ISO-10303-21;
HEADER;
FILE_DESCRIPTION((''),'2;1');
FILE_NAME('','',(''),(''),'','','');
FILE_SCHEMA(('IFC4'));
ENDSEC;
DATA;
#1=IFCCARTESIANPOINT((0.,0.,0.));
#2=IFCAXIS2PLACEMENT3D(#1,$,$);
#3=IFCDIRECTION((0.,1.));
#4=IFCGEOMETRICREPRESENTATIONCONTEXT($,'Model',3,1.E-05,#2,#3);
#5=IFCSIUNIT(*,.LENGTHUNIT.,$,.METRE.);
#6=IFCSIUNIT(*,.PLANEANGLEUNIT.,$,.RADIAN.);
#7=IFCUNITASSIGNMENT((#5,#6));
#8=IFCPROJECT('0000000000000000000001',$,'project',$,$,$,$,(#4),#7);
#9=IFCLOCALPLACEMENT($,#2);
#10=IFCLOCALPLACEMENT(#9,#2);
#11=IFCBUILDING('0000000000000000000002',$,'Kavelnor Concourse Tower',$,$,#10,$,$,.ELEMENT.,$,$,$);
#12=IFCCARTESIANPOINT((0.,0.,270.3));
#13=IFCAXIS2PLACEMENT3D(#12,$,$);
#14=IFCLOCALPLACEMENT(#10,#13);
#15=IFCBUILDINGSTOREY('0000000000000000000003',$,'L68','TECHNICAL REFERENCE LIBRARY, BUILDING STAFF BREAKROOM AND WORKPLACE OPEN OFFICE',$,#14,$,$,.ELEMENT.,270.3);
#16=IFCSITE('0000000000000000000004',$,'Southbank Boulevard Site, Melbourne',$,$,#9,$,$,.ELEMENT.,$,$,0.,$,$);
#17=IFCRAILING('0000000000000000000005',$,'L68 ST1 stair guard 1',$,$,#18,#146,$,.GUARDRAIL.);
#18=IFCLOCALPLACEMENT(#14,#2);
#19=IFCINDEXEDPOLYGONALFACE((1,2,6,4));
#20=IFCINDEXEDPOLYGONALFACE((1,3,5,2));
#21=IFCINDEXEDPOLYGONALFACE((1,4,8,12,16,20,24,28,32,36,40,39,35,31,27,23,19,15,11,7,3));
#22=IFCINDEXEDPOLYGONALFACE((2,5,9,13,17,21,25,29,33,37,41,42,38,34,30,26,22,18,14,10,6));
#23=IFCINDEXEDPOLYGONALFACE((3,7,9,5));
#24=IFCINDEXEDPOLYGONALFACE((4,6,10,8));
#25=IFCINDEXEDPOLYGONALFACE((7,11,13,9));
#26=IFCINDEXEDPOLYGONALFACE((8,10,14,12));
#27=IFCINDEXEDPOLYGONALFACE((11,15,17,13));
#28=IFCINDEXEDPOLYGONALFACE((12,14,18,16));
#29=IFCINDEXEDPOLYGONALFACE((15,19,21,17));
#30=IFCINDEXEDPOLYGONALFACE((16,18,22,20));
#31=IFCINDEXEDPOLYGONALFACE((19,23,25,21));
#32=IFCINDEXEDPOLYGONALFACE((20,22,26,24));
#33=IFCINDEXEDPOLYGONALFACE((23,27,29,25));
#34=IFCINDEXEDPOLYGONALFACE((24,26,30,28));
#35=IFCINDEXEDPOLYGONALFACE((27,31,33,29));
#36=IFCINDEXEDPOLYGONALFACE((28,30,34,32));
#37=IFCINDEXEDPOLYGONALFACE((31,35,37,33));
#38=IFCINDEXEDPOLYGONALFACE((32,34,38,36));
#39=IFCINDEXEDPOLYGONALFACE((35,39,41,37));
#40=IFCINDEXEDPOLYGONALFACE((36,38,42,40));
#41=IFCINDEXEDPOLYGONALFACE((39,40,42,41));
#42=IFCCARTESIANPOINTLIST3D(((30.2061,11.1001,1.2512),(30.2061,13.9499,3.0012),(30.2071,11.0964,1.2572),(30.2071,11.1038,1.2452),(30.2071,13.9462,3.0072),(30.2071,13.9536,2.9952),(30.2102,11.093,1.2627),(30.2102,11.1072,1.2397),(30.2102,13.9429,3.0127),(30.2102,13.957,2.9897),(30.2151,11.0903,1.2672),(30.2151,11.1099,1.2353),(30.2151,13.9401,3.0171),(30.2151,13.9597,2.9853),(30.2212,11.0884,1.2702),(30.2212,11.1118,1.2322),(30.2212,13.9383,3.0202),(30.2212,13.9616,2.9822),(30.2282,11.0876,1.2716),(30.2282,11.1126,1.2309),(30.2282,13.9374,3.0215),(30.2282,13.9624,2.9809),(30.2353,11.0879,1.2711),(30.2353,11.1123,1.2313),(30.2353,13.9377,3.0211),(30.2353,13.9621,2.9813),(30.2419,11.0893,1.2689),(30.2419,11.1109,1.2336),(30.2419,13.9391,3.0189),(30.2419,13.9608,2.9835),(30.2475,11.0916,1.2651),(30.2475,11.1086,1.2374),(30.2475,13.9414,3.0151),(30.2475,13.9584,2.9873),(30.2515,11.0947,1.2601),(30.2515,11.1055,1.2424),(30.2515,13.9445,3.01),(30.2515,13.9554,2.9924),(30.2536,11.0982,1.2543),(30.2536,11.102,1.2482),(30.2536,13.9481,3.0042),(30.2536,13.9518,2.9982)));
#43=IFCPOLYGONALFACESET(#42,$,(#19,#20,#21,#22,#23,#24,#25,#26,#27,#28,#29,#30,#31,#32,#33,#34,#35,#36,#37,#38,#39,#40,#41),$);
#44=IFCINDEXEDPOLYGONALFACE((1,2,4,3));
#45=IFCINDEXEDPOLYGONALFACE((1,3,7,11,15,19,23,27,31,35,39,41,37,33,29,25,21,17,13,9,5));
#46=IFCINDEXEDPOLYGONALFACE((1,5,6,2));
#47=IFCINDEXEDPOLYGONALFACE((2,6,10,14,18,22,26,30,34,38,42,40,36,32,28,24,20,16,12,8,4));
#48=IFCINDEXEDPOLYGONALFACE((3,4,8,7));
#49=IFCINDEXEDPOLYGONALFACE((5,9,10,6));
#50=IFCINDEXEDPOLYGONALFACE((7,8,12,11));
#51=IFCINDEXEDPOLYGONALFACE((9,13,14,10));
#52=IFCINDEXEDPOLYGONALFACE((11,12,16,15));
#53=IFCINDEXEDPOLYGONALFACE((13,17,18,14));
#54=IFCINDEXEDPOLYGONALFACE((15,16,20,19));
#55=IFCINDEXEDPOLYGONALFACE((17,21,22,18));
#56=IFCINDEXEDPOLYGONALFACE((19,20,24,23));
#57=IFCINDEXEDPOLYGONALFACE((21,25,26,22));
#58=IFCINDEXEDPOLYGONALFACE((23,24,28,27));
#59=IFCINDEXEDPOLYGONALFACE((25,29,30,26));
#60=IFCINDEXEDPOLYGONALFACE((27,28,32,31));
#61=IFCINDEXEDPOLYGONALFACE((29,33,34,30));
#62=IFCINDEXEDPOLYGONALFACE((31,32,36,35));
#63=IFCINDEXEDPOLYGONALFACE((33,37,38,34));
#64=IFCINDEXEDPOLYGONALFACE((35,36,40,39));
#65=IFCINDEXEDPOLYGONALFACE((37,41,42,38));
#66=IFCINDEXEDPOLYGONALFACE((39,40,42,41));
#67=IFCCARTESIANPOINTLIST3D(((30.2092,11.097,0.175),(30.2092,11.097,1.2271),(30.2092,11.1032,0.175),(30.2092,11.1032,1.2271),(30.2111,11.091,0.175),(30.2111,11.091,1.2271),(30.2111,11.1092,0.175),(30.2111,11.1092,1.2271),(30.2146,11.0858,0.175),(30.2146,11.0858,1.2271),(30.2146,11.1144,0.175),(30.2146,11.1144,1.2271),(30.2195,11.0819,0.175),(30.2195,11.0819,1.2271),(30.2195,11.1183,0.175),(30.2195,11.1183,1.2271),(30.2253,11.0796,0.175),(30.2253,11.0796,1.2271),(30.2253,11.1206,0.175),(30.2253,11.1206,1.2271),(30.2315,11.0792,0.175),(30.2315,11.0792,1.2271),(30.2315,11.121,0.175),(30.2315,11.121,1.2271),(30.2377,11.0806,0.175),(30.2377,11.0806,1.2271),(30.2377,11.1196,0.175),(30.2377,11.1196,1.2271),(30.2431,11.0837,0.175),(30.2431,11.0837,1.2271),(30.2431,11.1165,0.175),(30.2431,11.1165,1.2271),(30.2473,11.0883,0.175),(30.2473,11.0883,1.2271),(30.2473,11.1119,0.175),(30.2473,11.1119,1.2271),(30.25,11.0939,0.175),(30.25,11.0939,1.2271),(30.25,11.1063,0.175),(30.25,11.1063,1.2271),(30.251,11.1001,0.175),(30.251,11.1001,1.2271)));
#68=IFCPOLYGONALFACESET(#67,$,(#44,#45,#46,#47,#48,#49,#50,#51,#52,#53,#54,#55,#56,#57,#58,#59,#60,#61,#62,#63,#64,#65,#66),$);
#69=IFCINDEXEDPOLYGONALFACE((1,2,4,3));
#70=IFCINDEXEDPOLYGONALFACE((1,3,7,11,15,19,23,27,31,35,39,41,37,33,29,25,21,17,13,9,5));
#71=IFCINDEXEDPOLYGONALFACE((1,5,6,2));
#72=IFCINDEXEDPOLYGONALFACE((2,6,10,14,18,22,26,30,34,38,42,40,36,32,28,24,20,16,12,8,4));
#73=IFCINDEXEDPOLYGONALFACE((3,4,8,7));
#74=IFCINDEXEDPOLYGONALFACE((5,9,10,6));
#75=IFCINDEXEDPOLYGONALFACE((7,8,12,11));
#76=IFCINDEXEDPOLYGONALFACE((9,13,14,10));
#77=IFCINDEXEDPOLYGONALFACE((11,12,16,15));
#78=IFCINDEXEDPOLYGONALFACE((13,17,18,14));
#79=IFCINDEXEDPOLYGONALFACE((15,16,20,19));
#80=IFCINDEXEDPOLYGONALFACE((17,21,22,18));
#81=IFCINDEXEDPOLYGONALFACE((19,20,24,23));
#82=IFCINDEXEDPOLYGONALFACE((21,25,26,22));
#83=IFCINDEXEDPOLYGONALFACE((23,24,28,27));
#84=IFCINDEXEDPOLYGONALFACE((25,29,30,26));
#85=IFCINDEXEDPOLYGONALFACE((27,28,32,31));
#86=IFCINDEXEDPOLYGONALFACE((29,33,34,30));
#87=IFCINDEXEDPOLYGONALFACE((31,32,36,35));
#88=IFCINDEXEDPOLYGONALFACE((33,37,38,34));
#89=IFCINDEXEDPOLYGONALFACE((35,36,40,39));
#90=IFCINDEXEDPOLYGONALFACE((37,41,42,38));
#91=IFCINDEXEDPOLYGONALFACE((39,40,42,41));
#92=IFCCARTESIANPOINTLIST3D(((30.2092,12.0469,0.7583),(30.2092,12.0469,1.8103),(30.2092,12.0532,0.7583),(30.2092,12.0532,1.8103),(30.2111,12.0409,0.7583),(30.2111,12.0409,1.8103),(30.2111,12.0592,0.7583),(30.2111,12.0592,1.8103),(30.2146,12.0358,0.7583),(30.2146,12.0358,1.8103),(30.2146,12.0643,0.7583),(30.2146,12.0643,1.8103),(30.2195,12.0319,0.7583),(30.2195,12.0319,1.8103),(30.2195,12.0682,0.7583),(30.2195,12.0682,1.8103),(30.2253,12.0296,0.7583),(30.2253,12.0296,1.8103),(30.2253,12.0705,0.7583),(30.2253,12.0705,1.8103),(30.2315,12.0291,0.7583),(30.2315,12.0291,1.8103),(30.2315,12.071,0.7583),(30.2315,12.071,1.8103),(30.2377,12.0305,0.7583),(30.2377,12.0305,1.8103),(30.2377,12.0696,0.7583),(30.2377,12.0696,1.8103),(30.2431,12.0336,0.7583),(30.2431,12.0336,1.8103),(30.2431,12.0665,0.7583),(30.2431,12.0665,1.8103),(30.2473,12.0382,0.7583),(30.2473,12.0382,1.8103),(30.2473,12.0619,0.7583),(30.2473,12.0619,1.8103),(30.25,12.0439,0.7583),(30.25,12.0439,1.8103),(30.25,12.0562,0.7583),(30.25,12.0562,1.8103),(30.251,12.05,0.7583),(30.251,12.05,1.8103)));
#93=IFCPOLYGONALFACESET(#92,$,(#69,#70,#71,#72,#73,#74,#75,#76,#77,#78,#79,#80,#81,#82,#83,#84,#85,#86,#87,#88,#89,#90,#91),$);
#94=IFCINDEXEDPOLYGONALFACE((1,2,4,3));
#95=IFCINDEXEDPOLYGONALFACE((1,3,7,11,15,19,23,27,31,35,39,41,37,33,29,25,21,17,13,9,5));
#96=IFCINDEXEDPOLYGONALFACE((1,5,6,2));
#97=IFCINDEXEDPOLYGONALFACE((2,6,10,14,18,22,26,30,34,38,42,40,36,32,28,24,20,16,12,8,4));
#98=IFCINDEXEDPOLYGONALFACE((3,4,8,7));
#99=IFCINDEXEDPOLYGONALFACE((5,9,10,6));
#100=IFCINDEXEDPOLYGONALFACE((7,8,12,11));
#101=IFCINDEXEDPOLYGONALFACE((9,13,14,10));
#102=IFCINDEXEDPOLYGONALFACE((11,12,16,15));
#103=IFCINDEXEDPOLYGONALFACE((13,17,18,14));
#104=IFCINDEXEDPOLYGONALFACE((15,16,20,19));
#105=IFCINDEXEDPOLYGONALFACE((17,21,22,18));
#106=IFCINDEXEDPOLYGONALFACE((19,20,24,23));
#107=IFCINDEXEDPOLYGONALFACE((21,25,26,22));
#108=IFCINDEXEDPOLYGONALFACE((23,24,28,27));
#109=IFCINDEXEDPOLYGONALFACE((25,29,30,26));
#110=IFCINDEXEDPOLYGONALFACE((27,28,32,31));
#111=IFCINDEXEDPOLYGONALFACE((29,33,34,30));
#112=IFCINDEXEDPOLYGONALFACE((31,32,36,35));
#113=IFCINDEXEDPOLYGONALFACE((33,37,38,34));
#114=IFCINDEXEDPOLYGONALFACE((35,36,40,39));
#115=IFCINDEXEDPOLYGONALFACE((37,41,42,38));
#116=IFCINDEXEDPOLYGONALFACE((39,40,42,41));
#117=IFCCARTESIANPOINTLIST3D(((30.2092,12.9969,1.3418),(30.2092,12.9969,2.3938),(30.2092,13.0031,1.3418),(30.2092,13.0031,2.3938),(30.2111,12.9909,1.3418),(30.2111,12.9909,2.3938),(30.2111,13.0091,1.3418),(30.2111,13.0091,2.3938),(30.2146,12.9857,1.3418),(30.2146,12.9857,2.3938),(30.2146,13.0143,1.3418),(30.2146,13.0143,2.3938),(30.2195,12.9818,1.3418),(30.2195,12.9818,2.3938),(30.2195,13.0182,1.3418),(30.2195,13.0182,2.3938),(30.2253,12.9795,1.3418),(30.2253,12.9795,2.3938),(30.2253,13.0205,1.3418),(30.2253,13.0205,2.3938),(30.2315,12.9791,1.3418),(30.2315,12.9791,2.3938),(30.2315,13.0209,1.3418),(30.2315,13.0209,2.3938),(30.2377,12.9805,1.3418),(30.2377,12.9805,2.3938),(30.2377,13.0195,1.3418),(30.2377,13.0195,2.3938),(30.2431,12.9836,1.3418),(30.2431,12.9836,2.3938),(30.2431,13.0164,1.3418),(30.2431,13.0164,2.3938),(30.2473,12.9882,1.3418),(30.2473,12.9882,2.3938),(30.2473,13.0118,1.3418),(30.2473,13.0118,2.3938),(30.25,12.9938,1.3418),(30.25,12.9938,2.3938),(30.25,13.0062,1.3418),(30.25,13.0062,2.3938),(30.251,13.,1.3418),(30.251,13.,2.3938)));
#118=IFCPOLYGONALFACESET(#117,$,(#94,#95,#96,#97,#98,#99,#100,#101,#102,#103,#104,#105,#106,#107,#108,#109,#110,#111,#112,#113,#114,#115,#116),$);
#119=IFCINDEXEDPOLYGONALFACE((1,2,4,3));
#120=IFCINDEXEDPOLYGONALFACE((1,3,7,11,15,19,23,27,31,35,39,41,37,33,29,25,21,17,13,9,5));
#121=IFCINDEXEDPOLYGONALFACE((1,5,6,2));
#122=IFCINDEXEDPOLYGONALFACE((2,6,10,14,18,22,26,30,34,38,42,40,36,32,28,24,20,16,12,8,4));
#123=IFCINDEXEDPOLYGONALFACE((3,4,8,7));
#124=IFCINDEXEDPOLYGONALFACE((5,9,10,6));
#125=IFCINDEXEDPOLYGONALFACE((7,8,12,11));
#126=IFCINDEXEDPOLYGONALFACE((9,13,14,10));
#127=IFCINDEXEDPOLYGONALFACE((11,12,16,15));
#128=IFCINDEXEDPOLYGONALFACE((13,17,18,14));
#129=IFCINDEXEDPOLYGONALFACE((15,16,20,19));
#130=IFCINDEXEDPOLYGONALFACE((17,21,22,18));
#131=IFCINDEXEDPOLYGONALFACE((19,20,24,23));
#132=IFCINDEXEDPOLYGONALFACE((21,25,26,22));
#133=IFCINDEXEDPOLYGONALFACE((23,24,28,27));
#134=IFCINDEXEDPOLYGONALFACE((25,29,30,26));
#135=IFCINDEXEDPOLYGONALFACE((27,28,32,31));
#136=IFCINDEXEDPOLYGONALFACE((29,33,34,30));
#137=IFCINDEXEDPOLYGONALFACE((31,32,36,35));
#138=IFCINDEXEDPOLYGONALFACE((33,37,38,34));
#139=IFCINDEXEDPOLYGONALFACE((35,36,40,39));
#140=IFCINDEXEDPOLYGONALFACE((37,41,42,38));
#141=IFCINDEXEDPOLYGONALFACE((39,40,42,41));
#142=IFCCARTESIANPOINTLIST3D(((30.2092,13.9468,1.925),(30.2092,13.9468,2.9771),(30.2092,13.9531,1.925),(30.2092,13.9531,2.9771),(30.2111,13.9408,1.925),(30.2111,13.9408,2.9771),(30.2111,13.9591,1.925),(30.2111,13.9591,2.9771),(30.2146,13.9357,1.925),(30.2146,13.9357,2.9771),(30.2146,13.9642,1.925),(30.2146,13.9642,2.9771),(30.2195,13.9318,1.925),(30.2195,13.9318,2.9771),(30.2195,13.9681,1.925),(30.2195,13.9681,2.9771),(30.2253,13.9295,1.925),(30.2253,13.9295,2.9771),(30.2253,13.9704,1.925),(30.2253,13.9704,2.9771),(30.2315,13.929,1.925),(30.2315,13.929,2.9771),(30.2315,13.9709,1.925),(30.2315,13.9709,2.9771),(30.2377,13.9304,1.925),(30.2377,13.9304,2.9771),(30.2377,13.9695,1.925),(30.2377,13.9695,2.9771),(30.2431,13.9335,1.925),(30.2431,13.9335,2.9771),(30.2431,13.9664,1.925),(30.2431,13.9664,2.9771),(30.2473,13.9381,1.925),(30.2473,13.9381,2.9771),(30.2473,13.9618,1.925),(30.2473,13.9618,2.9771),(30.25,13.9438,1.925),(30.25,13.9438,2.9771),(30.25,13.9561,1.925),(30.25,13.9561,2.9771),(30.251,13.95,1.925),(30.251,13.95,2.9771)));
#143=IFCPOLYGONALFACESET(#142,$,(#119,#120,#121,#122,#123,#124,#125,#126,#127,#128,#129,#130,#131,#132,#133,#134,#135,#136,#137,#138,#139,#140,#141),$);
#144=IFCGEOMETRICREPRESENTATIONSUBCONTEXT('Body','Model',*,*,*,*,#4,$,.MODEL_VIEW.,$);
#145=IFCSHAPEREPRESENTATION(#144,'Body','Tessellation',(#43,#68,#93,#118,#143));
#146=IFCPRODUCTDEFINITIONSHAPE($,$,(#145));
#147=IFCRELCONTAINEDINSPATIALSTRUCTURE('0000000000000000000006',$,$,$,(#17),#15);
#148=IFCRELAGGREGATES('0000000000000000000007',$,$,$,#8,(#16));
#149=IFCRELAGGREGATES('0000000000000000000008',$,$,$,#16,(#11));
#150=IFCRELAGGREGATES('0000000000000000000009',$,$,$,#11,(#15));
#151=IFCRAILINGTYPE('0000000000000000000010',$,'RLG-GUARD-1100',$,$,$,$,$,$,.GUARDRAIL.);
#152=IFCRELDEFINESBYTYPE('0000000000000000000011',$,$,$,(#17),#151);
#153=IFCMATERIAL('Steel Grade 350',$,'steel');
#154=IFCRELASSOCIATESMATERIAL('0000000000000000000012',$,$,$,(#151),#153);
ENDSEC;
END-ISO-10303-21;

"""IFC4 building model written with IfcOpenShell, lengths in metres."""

from ifc_helpers import new_model, si_unit, direction, frame, origin, origin_2d, place, context, subcontext, project, spatial, circle, extrude, material, type_object, element, save


model = new_model("IFC4")

# Units and contexts
model_context = context("Model", 3, precision=1e-05, world=origin(), true_north=direction((0.0, 1.0)))
body_context = subcontext(model_context, "Body", "Model", "MODEL_VIEW")
ifc_project = project(units=[si_unit("LENGTHUNIT", "METRE"), si_unit("PLANEANGLEUNIT", "RADIAN")], contexts=[model_context])

# Site, building, storey
site_placement = place(None, origin())
site = spatial("IfcSite", under=ifc_project, at=site_placement, Name="Southbank Boulevard Site, Melbourne", CompositionType="ELEMENT", RefElevation=0.0)
building_placement = place(site_placement, origin())
building = spatial("IfcBuilding", under=site, at=building_placement, Name="Kavelnor Concourse Tower", CompositionType="ELEMENT")
storey_placement = place(building_placement, frame((0.0, 0.0, 270.3)))
storey = spatial("IfcBuildingStorey", under=building, at=storey_placement, Name="L68", Description="TECHNICAL REFERENCE LIBRARY, BUILDING STAFF BREAKROOM AND WORKPLACE OPEN OFFICE", CompositionType="ELEMENT", Elevation=270.3)

# Shared definitions
ifc_material_1 = material(Name="Steel Grade 350", Category="steel")

# Railing
railing_type_1 = type_object("IfcRailingType", Name="RLG-GUARD-1100", PredefinedType="GUARDRAIL", material=ifc_material_1)
railing_1_placement = place(storey_placement, frame((30.23, 11.1001, 0.175)))
element("IfcRailing", 1, at=railing_1_placement, inside=storey, type_object=railing_type_1, Name="L68 ST1 stair guard 1", PredefinedType="GUARDRAIL", context=body_context, shape_type="SweptSolid", body=[
    extrude(circle(Radius=0.0239, at=origin_2d()), frame((0.0, 0.0, 1.0762), z_axis=(0.0, 0.852159, 0.523283), x_axis=(-1.0, 0.0, 0.0)), (0.0, 0.0, 1.0), 3.3442),
    extrude(circle(Radius=0.021, at=origin_2d()), origin(), (0.0, 0.0, 1.0), 1.052),
    extrude(circle(Radius=0.021, at=origin_2d()), frame((0.0, 0.95, 0.5833)), (0.0, 0.0, 1.0), 1.052),
    extrude(circle(Radius=0.021, at=origin_2d()), frame((0.0, 1.8999, 1.1667)), (0.0, 0.0, 1.0), 1.052),
    extrude(circle(Radius=0.021, at=origin_2d()), frame((0.0, 2.8499, 1.75)), (0.0, 0.0, 1.0), 1.052),
])

save(model, "model.ifc")
